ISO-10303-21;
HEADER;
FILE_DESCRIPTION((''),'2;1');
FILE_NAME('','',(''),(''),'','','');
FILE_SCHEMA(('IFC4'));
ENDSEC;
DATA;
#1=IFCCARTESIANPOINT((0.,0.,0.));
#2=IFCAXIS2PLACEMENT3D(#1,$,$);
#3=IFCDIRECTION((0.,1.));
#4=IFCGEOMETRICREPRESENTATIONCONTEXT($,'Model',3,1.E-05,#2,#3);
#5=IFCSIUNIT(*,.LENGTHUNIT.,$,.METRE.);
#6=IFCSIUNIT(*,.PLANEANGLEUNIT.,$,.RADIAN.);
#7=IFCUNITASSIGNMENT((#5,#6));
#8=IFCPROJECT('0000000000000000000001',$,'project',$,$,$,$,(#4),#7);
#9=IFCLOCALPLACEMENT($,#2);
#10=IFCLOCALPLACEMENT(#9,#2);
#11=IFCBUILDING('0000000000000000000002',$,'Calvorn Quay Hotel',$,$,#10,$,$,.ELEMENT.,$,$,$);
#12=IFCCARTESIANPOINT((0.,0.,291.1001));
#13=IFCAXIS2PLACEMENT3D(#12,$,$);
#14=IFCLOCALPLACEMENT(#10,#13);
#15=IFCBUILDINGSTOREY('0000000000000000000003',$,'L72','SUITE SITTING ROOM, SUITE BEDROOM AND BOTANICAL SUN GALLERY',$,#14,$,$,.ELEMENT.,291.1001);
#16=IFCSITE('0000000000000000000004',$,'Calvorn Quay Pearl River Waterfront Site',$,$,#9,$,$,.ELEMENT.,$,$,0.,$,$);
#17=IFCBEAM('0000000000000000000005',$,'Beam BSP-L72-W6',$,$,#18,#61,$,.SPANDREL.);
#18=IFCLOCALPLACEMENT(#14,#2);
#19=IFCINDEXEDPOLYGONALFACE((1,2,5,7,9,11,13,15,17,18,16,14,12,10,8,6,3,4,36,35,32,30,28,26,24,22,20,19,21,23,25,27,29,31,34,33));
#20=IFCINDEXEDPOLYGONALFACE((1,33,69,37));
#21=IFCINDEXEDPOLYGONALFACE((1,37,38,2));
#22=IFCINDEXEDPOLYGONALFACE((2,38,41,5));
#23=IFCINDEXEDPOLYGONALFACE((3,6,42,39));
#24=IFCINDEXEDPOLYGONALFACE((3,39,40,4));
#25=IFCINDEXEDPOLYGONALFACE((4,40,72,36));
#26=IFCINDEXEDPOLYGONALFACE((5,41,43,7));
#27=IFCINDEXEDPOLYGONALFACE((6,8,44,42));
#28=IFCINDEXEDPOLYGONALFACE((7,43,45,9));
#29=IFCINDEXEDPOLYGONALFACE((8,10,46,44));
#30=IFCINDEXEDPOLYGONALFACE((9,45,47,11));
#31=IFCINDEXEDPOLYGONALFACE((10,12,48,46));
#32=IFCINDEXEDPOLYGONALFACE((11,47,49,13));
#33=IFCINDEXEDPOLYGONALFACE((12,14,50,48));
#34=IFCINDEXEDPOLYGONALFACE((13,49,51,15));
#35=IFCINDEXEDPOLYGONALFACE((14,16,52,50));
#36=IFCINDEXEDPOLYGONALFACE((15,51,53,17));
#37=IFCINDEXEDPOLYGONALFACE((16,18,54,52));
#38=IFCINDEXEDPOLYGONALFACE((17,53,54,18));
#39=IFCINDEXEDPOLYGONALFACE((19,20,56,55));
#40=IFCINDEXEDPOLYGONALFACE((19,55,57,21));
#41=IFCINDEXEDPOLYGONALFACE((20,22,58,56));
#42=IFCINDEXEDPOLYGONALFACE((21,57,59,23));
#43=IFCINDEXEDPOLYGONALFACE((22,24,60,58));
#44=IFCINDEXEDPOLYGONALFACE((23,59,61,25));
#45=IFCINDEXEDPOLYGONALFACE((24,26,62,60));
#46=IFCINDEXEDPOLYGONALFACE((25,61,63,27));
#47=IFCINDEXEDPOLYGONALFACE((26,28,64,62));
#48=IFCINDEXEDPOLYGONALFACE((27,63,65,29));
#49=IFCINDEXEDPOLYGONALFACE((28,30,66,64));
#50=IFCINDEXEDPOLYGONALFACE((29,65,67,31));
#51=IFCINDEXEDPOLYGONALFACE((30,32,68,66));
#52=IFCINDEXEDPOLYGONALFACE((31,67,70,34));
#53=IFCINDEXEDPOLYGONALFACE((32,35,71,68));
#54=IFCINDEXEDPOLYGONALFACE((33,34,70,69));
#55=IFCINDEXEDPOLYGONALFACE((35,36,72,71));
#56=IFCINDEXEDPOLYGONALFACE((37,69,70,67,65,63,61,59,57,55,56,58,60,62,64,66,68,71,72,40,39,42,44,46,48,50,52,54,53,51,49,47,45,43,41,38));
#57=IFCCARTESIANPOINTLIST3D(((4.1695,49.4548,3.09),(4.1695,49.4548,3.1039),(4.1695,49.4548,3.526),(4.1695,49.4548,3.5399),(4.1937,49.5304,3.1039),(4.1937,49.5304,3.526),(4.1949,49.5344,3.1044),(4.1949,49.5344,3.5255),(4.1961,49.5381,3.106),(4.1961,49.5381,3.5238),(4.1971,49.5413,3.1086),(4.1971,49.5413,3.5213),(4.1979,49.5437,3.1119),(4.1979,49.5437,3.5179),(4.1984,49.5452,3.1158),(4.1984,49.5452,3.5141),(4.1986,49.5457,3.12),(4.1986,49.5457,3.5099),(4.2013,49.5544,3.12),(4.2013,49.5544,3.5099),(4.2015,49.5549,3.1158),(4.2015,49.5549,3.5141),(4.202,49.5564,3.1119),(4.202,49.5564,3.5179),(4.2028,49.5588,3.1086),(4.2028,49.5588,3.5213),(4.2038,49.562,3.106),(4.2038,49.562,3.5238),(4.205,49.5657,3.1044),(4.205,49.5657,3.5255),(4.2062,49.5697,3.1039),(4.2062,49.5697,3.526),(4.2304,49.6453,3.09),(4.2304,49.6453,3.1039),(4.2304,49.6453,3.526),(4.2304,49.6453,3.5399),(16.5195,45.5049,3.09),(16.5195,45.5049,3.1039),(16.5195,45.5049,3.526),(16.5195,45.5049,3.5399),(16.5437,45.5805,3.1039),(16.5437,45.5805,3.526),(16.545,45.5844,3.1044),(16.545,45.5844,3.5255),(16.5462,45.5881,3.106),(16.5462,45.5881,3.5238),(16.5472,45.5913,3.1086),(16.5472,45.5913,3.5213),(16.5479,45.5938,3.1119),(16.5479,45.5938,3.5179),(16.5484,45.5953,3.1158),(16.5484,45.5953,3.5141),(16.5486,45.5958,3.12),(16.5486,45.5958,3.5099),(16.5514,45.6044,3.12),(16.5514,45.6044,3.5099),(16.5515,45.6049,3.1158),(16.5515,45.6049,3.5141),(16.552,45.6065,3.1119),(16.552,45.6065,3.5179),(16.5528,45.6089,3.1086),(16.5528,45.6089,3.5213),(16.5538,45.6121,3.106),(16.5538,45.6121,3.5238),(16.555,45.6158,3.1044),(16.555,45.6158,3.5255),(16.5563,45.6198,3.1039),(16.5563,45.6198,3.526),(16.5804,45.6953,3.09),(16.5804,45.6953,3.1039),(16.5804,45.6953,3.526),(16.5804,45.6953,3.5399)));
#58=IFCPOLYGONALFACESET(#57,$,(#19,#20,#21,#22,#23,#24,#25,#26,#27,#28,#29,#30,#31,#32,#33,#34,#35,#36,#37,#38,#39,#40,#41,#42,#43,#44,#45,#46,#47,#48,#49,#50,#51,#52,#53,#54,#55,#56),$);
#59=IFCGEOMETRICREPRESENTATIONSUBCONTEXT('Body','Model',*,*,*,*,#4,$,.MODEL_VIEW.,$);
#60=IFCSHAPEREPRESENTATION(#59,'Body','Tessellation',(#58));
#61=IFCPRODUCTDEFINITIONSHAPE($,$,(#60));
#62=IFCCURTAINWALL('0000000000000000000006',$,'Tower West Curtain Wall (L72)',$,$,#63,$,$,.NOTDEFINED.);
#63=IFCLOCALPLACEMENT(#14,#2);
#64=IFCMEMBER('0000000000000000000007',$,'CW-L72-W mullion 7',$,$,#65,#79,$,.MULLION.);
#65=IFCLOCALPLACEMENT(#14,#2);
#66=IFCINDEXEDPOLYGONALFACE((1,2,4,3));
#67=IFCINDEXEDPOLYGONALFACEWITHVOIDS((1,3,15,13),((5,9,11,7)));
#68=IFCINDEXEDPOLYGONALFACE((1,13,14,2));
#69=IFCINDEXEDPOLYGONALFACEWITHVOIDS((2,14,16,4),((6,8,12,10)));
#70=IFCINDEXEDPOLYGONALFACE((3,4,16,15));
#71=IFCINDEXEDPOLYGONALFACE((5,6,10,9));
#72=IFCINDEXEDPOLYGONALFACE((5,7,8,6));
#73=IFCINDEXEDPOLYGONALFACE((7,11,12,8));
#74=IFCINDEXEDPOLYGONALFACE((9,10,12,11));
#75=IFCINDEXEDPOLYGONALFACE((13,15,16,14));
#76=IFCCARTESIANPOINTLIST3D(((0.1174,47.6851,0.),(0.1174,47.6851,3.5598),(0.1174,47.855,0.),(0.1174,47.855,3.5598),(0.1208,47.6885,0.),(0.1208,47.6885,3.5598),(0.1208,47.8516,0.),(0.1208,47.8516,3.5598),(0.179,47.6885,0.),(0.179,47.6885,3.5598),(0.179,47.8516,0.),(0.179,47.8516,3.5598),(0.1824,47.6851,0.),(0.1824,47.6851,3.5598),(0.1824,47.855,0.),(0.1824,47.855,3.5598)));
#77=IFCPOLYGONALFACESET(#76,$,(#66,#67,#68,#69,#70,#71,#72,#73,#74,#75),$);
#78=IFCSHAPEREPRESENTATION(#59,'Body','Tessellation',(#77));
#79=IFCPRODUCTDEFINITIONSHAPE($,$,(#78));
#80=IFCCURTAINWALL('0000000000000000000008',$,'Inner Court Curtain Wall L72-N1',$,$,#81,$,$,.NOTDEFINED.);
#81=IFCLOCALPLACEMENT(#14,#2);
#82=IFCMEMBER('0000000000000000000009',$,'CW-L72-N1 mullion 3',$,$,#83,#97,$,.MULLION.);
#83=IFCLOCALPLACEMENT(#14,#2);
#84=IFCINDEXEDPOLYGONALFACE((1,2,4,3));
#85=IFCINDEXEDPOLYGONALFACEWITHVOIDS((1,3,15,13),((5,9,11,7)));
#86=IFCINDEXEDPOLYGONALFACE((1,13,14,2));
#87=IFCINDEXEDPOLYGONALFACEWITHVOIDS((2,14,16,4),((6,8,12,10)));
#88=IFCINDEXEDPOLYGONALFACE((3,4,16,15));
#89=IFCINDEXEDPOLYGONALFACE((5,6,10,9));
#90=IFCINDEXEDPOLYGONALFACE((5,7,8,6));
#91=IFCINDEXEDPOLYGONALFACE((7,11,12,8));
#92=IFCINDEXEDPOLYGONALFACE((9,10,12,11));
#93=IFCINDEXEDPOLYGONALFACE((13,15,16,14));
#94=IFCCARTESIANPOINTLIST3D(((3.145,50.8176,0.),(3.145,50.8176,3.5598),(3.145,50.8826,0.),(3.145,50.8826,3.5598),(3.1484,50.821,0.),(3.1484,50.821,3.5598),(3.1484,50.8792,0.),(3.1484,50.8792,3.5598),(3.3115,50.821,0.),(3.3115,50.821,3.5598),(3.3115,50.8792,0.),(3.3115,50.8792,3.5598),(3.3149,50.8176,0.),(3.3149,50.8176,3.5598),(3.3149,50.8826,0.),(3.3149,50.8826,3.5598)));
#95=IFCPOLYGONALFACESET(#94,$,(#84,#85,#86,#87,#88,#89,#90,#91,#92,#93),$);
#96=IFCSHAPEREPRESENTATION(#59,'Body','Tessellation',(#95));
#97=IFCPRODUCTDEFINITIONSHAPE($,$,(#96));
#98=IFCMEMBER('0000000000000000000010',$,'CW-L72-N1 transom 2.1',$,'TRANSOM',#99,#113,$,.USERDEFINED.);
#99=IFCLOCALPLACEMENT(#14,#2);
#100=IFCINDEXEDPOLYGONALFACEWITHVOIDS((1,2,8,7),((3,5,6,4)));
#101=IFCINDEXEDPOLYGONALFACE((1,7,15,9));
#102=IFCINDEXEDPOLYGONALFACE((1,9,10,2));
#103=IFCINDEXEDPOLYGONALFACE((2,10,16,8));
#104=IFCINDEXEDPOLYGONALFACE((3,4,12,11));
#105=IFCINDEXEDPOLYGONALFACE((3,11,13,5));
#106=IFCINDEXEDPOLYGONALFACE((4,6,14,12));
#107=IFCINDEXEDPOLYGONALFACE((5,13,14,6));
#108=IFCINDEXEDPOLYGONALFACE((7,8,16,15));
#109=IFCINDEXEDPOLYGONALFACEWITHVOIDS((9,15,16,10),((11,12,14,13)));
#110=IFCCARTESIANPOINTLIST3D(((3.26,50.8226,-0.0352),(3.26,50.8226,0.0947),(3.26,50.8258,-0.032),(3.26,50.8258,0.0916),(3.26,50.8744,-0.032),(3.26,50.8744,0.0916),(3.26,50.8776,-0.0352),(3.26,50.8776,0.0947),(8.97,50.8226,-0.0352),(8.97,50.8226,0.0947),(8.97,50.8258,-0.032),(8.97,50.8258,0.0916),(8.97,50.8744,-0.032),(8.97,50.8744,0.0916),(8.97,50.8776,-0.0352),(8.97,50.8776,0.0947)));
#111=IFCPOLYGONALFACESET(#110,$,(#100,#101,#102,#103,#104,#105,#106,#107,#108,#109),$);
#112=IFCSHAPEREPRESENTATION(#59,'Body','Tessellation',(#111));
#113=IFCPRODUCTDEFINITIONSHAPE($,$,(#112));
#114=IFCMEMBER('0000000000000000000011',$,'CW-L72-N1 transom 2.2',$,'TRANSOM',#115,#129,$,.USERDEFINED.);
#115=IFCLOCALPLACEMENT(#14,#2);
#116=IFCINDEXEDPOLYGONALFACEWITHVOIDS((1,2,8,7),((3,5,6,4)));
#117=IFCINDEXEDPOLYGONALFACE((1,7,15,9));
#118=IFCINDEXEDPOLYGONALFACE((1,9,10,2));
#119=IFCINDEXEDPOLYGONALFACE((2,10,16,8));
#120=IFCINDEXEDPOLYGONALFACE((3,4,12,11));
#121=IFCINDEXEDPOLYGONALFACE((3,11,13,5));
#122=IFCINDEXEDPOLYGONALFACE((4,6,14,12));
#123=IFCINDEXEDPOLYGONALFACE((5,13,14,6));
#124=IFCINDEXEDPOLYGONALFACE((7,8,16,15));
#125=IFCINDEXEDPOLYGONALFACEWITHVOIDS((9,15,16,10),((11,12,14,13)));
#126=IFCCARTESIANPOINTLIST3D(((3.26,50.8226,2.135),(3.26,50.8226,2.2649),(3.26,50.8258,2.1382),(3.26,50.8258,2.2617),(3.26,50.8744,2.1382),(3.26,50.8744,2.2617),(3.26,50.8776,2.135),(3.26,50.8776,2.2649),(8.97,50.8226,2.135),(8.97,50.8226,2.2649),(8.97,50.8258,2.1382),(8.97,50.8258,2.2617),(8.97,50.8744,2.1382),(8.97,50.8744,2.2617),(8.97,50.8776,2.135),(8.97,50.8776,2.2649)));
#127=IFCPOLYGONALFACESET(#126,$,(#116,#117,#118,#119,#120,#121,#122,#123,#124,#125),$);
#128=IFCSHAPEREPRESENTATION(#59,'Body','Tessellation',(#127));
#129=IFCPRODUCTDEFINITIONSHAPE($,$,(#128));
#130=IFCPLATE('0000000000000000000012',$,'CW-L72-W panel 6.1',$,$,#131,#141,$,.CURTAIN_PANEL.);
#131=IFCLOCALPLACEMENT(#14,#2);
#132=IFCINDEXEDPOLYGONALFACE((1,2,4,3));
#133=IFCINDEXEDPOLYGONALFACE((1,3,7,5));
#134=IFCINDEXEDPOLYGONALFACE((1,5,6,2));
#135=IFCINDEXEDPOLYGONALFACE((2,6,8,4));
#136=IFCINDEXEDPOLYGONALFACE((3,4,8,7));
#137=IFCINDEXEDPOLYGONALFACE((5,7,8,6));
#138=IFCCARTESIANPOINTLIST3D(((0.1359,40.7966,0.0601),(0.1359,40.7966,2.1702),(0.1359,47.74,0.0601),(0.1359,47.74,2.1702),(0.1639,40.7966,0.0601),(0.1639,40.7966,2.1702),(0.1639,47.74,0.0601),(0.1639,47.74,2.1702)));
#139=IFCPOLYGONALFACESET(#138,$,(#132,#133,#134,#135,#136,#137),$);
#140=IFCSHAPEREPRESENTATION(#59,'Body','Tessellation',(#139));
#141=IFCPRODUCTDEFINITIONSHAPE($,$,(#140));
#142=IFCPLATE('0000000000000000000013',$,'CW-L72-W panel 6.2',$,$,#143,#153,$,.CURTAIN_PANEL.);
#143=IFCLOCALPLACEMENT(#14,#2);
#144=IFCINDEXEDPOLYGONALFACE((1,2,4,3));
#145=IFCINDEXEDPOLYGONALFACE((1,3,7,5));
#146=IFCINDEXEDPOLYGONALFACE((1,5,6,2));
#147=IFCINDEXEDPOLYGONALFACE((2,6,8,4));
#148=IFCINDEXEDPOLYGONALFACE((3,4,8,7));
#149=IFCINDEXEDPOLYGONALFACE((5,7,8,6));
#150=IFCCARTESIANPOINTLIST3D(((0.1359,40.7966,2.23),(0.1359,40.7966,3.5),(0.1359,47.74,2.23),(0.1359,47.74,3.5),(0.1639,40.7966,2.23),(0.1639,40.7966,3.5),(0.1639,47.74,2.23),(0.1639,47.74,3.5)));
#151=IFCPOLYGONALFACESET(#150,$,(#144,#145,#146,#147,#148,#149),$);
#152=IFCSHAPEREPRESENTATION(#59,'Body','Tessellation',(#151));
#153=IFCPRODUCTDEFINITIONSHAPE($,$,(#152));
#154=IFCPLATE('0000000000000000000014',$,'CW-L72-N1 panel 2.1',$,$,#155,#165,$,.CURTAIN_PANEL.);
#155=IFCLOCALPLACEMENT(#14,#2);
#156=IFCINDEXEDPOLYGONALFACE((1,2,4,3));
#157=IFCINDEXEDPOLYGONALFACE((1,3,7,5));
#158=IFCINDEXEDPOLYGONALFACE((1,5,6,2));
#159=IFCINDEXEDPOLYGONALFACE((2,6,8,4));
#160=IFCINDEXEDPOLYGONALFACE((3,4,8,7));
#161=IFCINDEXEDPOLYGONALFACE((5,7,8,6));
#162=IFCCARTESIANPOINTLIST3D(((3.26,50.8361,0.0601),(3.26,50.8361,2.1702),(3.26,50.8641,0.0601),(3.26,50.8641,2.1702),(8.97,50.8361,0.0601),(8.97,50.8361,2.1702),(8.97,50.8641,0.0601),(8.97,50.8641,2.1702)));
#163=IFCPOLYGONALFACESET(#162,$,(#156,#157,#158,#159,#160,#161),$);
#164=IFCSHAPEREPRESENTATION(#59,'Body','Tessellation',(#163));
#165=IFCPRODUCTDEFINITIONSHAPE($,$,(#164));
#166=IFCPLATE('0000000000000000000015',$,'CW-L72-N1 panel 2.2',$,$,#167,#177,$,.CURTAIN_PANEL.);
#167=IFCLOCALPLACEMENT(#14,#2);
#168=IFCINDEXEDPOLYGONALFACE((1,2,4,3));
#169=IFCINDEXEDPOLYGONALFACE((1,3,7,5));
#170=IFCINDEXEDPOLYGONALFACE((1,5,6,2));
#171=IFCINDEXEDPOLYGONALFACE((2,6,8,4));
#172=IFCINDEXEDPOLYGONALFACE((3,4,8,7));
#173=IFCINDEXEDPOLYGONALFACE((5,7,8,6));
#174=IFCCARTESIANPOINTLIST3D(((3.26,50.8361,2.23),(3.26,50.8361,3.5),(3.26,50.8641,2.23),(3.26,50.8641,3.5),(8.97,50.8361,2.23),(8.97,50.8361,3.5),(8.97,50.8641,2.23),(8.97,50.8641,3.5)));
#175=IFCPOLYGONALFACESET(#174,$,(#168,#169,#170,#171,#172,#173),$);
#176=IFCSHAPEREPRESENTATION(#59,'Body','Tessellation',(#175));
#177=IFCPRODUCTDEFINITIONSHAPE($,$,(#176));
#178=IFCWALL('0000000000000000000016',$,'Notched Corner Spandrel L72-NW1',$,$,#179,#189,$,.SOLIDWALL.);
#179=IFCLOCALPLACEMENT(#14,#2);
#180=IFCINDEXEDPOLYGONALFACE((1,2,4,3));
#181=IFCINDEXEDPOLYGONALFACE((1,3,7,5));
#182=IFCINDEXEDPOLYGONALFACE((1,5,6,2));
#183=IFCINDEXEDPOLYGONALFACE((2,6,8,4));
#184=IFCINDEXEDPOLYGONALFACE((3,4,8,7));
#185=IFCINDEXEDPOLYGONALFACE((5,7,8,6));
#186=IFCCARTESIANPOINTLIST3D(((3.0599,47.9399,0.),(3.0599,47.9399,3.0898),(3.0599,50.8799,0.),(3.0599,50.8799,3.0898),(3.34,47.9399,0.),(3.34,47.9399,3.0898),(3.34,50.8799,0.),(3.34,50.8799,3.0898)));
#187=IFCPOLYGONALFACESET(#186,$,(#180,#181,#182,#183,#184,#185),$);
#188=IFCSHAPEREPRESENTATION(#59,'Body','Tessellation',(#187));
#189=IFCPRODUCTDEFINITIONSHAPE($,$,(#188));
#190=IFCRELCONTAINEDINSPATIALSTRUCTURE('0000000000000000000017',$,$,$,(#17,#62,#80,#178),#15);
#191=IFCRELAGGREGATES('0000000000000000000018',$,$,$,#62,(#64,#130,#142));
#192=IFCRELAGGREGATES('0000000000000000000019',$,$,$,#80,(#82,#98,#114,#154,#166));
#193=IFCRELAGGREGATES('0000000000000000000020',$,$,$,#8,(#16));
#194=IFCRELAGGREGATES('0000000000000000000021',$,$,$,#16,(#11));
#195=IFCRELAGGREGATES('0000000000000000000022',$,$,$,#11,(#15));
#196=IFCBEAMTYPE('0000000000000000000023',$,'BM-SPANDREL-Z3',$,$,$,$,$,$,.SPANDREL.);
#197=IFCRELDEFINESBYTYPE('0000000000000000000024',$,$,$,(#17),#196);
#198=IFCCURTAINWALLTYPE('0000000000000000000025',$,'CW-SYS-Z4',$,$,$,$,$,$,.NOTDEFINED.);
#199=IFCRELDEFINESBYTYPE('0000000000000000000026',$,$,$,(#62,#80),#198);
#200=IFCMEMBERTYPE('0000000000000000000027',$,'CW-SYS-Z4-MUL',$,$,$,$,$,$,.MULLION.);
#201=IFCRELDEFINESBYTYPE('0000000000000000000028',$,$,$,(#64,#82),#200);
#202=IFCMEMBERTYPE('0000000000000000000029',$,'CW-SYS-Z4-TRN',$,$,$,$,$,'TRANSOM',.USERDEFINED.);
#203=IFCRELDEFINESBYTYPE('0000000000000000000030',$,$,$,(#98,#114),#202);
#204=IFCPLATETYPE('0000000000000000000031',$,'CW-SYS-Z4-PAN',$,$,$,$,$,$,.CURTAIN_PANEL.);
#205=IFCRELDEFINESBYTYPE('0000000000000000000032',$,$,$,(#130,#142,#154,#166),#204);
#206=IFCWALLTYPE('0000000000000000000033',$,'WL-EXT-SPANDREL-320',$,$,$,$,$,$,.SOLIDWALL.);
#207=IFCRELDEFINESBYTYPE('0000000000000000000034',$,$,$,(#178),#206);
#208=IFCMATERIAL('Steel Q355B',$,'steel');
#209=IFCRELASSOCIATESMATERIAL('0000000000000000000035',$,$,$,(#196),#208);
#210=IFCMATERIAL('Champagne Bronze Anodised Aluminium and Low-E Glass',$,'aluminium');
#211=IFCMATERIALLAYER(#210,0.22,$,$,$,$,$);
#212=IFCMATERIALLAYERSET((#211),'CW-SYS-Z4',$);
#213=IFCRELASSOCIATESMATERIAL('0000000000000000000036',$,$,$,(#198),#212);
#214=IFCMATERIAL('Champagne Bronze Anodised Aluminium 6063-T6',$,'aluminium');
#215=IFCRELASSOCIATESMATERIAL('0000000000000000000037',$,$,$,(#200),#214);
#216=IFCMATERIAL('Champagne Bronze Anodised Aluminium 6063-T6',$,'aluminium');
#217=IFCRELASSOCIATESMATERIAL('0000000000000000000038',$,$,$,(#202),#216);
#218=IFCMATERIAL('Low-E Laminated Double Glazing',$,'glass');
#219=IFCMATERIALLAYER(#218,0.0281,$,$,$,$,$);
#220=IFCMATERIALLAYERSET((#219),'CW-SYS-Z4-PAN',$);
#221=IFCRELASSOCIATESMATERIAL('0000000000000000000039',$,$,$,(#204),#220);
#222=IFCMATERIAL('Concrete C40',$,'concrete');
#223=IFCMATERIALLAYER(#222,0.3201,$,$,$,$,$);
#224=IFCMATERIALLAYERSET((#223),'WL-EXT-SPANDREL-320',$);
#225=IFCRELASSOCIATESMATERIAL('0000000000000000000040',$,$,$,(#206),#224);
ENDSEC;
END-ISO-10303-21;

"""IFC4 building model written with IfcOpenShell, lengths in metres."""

from ifc_helpers import new_model, si_unit, direction, frame, frame_2d, origin, origin_2d, place, context, subcontext, project, spatial, rectangle, hollow_rectangle, i_section, extrude, material, layer, layer_set, material_profile, profile_set, type_object, element, aggregate, save


model = new_model("IFC4")

# Units and contexts
model_context = context("Model", 3, precision=1e-05, world=origin(), true_north=direction((0.0, 1.0)))
body_context = subcontext(model_context, "Body", "Model", "MODEL_VIEW")
ifc_project = project(units=[si_unit("LENGTHUNIT", "METRE"), si_unit("PLANEANGLEUNIT", "RADIAN")], contexts=[model_context])

# Site, building, storey
site_placement = place(None, origin())
site = spatial("IfcSite", under=ifc_project, at=site_placement, Name="Calvorn Quay Pearl River Waterfront Site", CompositionType="ELEMENT", RefElevation=0.0)
building_placement = place(site_placement, origin())
building = spatial("IfcBuilding", under=site, at=building_placement, Name="Calvorn Quay Hotel", CompositionType="ELEMENT")
storey_placement = place(building_placement, frame((0.0, 0.0, 291.1001)))
storey = spatial("IfcBuildingStorey", under=building, at=storey_placement, Name="L72", Description="SUITE SITTING ROOM, SUITE BEDROOM AND BOTANICAL SUN GALLERY", CompositionType="ELEMENT", Elevation=291.1001)

# Beam
ifc_material_1 = material(Name="Steel Q355B", Category="steel")
ifc_material_profile_1 = material_profile(ifc_material_1, i_section(OverallWidth=0.2, OverallDepth=0.45, WebThickness=0.009, FlangeThickness=0.0139, FilletRadius=0.0161, at=origin_2d()), Name="HN450x200x9x14")
ifc_profile_set_1 = profile_set([ifc_material_profile_1], Name="Steel Q355B")
beam_type_1 = type_object("IfcBeamType", Name="BM-SPANDREL-Z3", PredefinedType="SPANDREL", material=ifc_profile_set_1)
beam_1_placement = place(storey_placement, frame((4.2, 49.55, 3.3149), z_axis=(0.952471, -0.30463, 0.0), x_axis=(0.30463, 0.952471, 0.0)))
element("IfcBeam", 1, at=beam_1_placement, inside=storey, type_object=beam_type_1, Name="Beam BSP-L72-W6", PredefinedType="SPANDREL", context=body_context, shape_type="SweptSolid", body=[
    extrude(i_section(OverallWidth=0.2, OverallDepth=0.45, WebThickness=0.009, FlangeThickness=0.0139, FilletRadius=0.0161, at=origin_2d()), origin(), (0.0, 0.0, 1.0), 12.9663),
])

# Curtain wall, member
ifc_material_2 = material(Name="Champagne Bronze Anodised Aluminium and Low-E Glass", Category="aluminium")
ifc_layer_1 = layer(ifc_material_2, 0.22)
ifc_layer_set_1 = layer_set([ifc_layer_1], Name="CW-SYS-Z4")
curtain_wall_type = type_object("IfcCurtainWallType", Name="CW-SYS-Z4", PredefinedType="NOTDEFINED", material=ifc_layer_set_1)
curtain_wall_1_placement = place(storey_placement, origin())
curtain_wall_1 = element("IfcCurtainWall", 2, at=curtain_wall_1_placement, inside=storey, type_object=curtain_wall_type, Name="Tower West Curtain Wall (L72)", PredefinedType="NOTDEFINED")
ifc_material_3 = material(Name="Champagne Bronze Anodised Aluminium 6063-T6", Category="aluminium")
ifc_material_profile_2 = material_profile(ifc_material_3, hollow_rectangle(XDim=0.0649, YDim=0.1699, WallThickness=0.0034, at=origin_2d()), Name="ALU-M170x65x3.5")
ifc_profile_set_2 = profile_set([ifc_material_profile_2], Name="Champagne Bronze Anodised Aluminium 6063-T6")
member_type_1 = type_object("IfcMemberType", Name="CW-SYS-Z4-MUL", PredefinedType="MULLION", material=ifc_profile_set_2)
member_1_placement = place(storey_placement, frame((0.1499, 47.77, 0.0), z_axis=(0.0, 0.0, 1.0), x_axis=(-1.0, 0.0, 0.0)))
member_1 = element("IfcMember", 3, at=member_1_placement, type_object=member_type_1, Name="CW-L72-W mullion 7", PredefinedType="MULLION", context=body_context, shape_type="SweptSolid", body=[
    extrude(hollow_rectangle(XDim=0.0649, YDim=0.1699, WallThickness=0.0034, at=origin_2d()), origin(), (0.0, 0.0, 1.0), 3.5598),
])

# Curtain wall, members
curtain_wall_2_placement = place(storey_placement, origin())
curtain_wall_2 = element("IfcCurtainWall", 4, at=curtain_wall_2_placement, inside=storey, type_object=curtain_wall_type, Name="Inner Court Curtain Wall L72-N1", PredefinedType="NOTDEFINED")
member_2_placement = place(storey_placement, frame((3.23, 50.8501, 0.0), z_axis=(0.0, 0.0, 1.0), x_axis=(0.0, -1.0, 0.0)))
member_2 = element("IfcMember", 5, at=member_2_placement, type_object=member_type_1, Name="CW-L72-N1 mullion 3", PredefinedType="MULLION", context=body_context, shape_type="SweptSolid", body=[
    extrude(hollow_rectangle(XDim=0.0649, YDim=0.1699, WallThickness=0.0034, at=origin_2d()), origin(), (0.0, 0.0, 1.0), 3.5598),
])
ifc_material_4 = material(Name="Champagne Bronze Anodised Aluminium 6063-T6", Category="aluminium")
ifc_material_profile_3 = material_profile(ifc_material_4, hollow_rectangle(XDim=0.0549, YDim=0.1299, WallThickness=0.0032, at=origin_2d()), Name="ALU-T130x55x3.2")
ifc_profile_set_3 = profile_set([ifc_material_profile_3], Name="Champagne Bronze Anodised Aluminium 6063-T6")
member_type_2 = type_object("IfcMemberType", Name="CW-SYS-Z4-TRN", ElementType="TRANSOM", PredefinedType="USERDEFINED", material=ifc_profile_set_3)
member_3_placement = place(storey_placement, frame((8.97, 50.8501, 0.0298), z_axis=(-1.0, 0.0, 0.0), x_axis=(0.0, -1.0, 0.0)))
member_3 = element("IfcMember", 6, at=member_3_placement, type_object=member_type_2, Name="CW-L72-N1 transom 2.1", ObjectType="TRANSOM", PredefinedType="USERDEFINED", context=body_context, shape_type="SweptSolid", body=[
    extrude(hollow_rectangle(XDim=0.0549, YDim=0.1299, WallThickness=0.0032, at=origin_2d()), origin(), (0.0, 0.0, 1.0), 5.71),
])
member_4_placement = place(storey_placement, frame((8.97, 50.8501, 2.2), z_axis=(-1.0, 0.0, 0.0), x_axis=(0.0, -1.0, 0.0)))
member_4 = element("IfcMember", 7, at=member_4_placement, type_object=member_type_2, Name="CW-L72-N1 transom 2.2", ObjectType="TRANSOM", PredefinedType="USERDEFINED", context=body_context, shape_type="SweptSolid", body=[
    extrude(hollow_rectangle(XDim=0.0549, YDim=0.1299, WallThickness=0.0032, at=origin_2d()), origin(), (0.0, 0.0, 1.0), 5.71),
])

# Plates
ifc_material_5 = material(Name="Low-E Laminated Double Glazing", Category="glass")
ifc_layer_2 = layer(ifc_material_5, 0.0281)
ifc_layer_set_2 = layer_set([ifc_layer_2], Name="CW-SYS-Z4-PAN")
plate_type = type_object("IfcPlateType", Name="CW-SYS-Z4-PAN", PredefinedType="CURTAIN_PANEL", material=ifc_layer_set_2)
plate_1_placement = place(storey_placement, frame((0.1499, 44.2683, 0.0601), z_axis=(0.0, 0.0, 1.0), x_axis=(0.0, 1.0, 0.0)))
plate_1 = element("IfcPlate", 8, at=plate_1_placement, type_object=plate_type, Name="CW-L72-W panel 6.1", PredefinedType="CURTAIN_PANEL", context=body_context, shape_type="SweptSolid", body=[
    extrude(rectangle(XDim=6.9434, YDim=0.0281, at=origin_2d()), origin(), (0.0, 0.0, 1.0), 2.1101),
])
plate_2_placement = place(storey_placement, frame((0.1499, 44.2683, 2.23), z_axis=(0.0, 0.0, 1.0), x_axis=(0.0, 1.0, 0.0)))
plate_2 = element("IfcPlate", 9, at=plate_2_placement, type_object=plate_type, Name="CW-L72-W panel 6.2", PredefinedType="CURTAIN_PANEL", context=body_context, shape_type="SweptSolid", body=[
    extrude(rectangle(XDim=6.9434, YDim=0.0281, at=origin_2d()), origin(), (0.0, 0.0, 1.0), 1.27),
])
aggregate(curtain_wall_1, [member_1, plate_1, plate_2])
plate_3_placement = place(storey_placement, frame((6.115, 50.8501, 0.0601), z_axis=(0.0, 0.0, 1.0), x_axis=(-1.0, 0.0, 0.0)))
plate_3 = element("IfcPlate", 10, at=plate_3_placement, type_object=plate_type, Name="CW-L72-N1 panel 2.1", PredefinedType="CURTAIN_PANEL", context=body_context, shape_type="SweptSolid", body=[
    extrude(rectangle(XDim=5.71, YDim=0.0281, at=origin_2d()), origin(), (0.0, 0.0, 1.0), 2.1101),
])
plate_4_placement = place(storey_placement, frame((6.115, 50.8501, 2.23), z_axis=(0.0, 0.0, 1.0), x_axis=(-1.0, 0.0, 0.0)))
plate_4 = element("IfcPlate", 11, at=plate_4_placement, type_object=plate_type, Name="CW-L72-N1 panel 2.2", PredefinedType="CURTAIN_PANEL", context=body_context, shape_type="SweptSolid", body=[
    extrude(rectangle(XDim=5.71, YDim=0.0281, at=origin_2d()), origin(), (0.0, 0.0, 1.0), 1.27),
])
aggregate(curtain_wall_2, [member_2, member_3, member_4, plate_3, plate_4])

# Wall
ifc_material_6 = material(Name="Concrete C40", Category="concrete")
ifc_layer_3 = layer(ifc_material_6, 0.3201)
ifc_layer_set_3 = layer_set([ifc_layer_3], Name="WL-EXT-SPANDREL-320")
wall_type_1 = type_object("IfcWallType", Name="WL-EXT-SPANDREL-320", PredefinedType="SOLIDWALL", material=ifc_layer_set_3)
wall_1_placement = place(storey_placement, frame((3.2, 50.8799, 0.0), z_axis=(0.0, 0.0, 1.0), x_axis=(0.0, -1.0, 0.0)))
element("IfcWall", 12, at=wall_1_placement, inside=storey, type_object=wall_type_1, Name="Notched Corner Spandrel L72-NW1", PredefinedType="SOLIDWALL", context=body_context, shape_type="SweptSolid", body=[
    extrude(rectangle(XDim=2.9399, YDim=0.28, at=frame_2d((1.47, 0.0))), origin(), (0.0, 0.0, 1.0), 3.0898),
])

save(model, "model.ifc")
